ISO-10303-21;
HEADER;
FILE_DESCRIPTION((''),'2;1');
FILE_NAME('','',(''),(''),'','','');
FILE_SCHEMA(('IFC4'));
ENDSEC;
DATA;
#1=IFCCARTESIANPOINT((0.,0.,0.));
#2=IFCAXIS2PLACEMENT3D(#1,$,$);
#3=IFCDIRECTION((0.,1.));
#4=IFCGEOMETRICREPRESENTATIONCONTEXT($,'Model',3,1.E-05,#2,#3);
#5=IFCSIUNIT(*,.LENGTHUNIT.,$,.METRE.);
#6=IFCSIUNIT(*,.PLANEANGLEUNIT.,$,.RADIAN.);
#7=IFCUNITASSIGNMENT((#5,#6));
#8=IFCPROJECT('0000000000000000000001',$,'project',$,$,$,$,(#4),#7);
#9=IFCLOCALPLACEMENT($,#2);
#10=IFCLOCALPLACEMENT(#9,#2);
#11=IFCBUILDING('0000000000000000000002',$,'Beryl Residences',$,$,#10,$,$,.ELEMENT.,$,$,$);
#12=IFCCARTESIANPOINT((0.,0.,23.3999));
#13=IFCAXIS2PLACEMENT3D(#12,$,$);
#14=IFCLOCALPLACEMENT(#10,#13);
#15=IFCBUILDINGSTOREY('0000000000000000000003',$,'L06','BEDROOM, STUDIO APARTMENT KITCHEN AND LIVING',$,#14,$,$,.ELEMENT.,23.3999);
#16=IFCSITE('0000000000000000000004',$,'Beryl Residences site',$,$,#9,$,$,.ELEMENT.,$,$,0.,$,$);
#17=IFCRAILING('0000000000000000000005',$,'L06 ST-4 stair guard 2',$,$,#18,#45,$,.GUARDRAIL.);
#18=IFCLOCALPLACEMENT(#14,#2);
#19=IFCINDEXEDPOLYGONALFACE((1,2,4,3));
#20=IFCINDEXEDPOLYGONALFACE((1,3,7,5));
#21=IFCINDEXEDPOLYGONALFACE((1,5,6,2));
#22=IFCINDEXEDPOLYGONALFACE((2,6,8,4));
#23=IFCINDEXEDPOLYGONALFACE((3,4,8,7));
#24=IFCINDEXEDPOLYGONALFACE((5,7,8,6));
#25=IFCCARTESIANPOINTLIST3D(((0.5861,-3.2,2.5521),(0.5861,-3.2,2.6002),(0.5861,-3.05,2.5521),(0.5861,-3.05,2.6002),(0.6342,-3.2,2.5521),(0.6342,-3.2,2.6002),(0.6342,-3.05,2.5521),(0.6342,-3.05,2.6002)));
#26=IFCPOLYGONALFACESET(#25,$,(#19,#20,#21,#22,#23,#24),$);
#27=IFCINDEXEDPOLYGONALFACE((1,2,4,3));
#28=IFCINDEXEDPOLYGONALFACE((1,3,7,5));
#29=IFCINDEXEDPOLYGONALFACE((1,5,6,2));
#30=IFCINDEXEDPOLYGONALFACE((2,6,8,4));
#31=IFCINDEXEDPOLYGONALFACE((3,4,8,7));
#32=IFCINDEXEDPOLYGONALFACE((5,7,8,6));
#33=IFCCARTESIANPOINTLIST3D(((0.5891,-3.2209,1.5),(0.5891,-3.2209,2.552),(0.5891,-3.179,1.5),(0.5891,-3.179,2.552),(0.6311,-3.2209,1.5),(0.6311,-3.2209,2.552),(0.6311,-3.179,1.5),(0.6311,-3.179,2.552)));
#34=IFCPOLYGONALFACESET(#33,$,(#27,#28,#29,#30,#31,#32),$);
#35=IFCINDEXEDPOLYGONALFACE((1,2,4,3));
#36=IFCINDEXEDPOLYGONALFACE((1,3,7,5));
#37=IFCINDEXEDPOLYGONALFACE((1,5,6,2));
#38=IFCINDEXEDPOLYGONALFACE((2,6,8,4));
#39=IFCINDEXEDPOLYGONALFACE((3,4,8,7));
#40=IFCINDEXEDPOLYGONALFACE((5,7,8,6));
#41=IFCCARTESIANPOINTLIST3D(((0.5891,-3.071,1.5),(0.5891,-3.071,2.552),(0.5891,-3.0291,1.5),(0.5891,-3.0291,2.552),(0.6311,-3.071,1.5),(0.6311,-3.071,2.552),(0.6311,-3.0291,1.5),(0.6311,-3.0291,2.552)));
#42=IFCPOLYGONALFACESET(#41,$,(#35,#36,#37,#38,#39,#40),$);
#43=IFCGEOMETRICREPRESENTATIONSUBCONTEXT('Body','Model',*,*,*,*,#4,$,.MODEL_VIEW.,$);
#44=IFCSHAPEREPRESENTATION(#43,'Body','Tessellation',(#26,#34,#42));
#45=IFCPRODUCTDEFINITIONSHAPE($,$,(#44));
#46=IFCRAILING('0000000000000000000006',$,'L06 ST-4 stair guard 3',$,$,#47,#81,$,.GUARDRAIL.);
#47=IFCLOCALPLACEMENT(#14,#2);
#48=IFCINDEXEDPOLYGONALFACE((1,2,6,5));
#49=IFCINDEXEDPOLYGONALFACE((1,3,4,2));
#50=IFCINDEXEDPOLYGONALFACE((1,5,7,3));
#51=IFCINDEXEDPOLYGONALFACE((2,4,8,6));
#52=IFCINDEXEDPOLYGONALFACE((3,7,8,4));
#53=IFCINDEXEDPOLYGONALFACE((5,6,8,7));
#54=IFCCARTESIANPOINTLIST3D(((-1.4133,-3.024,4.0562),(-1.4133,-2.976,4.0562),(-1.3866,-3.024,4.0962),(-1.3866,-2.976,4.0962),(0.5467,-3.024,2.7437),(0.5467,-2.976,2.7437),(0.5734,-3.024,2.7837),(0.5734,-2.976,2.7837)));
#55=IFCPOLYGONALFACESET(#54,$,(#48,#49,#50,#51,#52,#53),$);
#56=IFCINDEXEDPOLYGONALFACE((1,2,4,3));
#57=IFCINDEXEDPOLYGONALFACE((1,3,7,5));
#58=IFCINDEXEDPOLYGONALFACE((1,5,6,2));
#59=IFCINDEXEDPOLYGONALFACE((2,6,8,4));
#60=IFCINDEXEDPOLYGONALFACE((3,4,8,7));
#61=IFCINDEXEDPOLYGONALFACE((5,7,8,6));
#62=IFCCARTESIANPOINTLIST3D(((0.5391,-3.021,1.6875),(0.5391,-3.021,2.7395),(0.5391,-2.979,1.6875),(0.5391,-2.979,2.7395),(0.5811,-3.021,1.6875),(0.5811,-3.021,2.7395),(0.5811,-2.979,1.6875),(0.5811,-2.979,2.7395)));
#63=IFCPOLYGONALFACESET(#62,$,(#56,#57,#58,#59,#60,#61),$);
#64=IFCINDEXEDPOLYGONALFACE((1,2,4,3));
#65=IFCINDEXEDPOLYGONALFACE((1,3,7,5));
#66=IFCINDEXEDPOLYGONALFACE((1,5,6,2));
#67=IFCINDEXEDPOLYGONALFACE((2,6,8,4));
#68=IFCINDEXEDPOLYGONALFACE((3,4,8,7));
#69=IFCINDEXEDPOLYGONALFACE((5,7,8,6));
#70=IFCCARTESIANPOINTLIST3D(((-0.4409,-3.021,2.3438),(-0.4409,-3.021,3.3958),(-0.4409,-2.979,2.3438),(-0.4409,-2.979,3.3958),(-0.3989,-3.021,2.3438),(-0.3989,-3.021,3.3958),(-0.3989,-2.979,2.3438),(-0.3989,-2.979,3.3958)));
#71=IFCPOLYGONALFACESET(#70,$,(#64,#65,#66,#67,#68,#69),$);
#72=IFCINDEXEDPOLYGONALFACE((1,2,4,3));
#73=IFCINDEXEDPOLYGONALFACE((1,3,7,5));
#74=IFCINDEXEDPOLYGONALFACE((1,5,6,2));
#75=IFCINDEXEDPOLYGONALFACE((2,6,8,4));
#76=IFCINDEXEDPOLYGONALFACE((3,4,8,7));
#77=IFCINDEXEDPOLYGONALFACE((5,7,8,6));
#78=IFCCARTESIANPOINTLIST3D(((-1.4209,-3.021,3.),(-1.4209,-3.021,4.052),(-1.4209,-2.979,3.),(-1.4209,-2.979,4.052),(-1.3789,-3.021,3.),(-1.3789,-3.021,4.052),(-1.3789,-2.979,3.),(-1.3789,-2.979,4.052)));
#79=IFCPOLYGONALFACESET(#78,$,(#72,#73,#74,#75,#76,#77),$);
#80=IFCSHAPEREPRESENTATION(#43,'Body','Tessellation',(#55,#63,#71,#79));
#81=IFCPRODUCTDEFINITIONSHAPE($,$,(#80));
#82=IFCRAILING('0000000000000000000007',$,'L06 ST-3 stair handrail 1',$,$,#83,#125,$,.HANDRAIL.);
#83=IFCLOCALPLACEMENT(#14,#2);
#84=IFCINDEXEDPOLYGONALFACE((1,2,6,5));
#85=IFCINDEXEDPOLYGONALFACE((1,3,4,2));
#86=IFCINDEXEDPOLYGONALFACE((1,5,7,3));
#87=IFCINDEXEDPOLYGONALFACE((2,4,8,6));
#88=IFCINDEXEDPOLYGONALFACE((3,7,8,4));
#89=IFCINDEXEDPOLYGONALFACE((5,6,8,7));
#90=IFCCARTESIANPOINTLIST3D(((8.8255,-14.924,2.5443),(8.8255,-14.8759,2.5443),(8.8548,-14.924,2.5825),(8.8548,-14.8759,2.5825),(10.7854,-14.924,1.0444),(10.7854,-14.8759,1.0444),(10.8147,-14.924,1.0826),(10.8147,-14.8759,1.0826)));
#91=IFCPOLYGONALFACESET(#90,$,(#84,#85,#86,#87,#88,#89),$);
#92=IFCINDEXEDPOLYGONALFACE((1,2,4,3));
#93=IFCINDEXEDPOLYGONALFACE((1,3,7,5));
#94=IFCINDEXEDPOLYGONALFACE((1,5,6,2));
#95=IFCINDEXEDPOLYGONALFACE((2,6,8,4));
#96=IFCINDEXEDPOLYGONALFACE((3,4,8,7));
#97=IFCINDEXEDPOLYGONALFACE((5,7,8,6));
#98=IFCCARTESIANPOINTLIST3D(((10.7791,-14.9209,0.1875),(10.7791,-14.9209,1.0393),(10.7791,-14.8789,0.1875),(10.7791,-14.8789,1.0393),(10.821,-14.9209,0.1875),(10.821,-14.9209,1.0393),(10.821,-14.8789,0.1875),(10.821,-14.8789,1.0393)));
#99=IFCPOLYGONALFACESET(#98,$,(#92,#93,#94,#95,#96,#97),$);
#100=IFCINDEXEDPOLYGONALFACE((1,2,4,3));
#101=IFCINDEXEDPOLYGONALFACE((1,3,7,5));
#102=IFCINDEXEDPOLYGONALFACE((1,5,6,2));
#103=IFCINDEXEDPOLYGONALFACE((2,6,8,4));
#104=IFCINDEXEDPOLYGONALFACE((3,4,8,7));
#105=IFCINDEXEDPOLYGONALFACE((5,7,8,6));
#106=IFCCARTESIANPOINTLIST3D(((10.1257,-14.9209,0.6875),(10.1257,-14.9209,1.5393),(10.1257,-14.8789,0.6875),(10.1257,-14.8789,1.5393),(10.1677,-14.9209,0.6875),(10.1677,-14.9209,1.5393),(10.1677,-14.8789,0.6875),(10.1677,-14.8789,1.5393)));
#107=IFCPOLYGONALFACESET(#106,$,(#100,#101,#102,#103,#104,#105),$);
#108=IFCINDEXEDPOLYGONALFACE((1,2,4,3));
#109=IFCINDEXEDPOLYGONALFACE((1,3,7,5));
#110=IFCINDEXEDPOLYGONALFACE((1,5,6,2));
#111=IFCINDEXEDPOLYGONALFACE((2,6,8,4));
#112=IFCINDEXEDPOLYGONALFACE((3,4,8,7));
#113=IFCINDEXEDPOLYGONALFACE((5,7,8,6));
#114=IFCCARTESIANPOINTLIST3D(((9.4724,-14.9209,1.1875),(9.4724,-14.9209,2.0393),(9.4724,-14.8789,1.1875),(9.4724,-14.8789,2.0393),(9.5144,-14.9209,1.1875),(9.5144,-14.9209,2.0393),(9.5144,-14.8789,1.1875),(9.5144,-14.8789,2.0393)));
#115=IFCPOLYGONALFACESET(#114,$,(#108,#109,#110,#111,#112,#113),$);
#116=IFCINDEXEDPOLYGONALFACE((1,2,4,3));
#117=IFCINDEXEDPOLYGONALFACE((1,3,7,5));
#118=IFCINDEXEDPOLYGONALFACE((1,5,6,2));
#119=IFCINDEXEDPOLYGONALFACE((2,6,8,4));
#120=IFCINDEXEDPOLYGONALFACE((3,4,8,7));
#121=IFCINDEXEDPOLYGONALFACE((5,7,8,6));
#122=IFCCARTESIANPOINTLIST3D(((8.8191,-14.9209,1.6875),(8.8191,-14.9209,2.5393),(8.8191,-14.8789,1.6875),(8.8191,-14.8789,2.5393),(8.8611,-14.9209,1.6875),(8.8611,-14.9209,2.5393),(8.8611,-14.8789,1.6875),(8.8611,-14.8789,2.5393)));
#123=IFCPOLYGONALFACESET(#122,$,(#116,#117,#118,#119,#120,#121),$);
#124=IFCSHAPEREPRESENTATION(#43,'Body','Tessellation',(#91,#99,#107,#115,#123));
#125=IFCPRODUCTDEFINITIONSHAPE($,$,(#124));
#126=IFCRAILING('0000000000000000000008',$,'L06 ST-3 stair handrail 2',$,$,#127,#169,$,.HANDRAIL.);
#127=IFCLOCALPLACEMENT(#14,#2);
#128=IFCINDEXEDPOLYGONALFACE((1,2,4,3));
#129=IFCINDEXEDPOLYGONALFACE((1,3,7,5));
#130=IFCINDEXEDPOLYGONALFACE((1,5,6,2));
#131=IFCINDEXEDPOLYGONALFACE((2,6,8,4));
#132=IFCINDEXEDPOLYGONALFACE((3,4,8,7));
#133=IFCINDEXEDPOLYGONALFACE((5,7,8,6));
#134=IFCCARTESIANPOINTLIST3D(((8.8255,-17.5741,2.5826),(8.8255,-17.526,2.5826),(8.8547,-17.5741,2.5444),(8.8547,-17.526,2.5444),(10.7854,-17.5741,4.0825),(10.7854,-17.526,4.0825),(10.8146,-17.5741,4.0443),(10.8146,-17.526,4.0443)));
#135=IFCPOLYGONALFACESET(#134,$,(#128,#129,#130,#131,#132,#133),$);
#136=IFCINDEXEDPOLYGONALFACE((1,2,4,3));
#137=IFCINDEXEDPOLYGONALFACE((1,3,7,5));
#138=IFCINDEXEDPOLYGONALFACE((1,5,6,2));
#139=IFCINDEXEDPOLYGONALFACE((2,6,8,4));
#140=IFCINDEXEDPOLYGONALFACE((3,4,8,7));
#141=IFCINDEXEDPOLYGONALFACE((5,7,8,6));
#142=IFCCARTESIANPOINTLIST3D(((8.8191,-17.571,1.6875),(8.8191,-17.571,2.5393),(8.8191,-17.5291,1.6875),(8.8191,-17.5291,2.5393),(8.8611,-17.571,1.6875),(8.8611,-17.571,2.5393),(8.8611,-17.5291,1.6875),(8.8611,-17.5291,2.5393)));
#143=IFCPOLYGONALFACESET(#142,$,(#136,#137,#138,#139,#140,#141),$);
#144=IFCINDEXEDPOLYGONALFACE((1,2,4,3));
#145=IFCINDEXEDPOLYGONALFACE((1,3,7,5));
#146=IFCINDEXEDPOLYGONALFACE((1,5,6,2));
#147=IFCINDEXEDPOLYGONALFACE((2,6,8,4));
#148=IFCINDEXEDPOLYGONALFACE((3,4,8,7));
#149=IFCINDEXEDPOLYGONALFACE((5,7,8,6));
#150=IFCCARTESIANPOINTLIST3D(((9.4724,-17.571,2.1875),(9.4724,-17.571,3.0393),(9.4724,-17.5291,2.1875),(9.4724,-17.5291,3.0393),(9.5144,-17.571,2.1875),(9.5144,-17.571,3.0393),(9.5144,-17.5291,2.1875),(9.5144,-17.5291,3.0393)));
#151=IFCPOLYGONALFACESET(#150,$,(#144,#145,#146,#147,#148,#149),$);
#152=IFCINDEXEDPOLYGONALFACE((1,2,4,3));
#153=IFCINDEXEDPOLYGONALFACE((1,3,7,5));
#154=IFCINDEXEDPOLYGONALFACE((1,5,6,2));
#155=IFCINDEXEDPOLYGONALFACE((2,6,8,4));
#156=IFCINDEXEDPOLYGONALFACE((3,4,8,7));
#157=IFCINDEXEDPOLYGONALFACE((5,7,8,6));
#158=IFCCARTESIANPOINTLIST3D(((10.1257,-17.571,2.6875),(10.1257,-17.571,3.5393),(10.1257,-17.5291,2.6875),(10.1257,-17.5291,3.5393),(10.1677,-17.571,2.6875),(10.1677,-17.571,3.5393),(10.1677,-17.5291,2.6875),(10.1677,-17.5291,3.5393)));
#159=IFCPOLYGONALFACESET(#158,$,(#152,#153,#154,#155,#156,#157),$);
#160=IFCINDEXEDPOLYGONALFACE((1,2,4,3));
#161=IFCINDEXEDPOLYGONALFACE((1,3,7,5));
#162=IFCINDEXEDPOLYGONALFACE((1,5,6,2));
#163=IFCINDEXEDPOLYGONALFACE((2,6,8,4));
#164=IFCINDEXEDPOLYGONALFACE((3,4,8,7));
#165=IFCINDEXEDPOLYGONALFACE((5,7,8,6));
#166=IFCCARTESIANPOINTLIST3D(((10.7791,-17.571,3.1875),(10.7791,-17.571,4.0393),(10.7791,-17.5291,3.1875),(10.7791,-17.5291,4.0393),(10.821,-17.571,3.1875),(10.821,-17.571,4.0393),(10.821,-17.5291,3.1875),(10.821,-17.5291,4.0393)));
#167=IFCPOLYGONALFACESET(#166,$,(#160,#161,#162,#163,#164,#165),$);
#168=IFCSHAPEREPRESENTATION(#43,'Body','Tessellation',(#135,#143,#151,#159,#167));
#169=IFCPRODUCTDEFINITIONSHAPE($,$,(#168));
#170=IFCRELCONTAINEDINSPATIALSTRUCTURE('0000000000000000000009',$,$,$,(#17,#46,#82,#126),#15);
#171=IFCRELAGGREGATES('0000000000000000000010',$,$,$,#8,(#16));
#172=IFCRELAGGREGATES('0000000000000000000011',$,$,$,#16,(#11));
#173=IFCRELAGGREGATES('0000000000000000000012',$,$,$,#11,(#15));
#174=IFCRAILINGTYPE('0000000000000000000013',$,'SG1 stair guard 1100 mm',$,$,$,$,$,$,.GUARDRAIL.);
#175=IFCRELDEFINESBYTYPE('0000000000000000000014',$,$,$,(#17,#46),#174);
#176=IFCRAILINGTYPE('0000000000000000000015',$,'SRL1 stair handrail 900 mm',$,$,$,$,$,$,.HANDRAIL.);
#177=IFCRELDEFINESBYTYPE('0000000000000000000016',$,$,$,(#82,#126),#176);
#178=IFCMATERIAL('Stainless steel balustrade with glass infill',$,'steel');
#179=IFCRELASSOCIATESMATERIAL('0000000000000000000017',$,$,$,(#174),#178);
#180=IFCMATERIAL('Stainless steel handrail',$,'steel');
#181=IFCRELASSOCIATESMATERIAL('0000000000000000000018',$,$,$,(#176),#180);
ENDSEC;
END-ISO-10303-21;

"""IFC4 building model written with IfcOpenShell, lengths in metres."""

from ifc_helpers import new_model, si_unit, direction, frame, origin, origin_2d, place, context, subcontext, project, spatial, rectangle, extrude, material, type_object, element, save


model = new_model("IFC4")

# Units and contexts
model_context = context("Model", 3, precision=1e-05, world=origin(), true_north=direction((0.0, 1.0)))
body_context = subcontext(model_context, "Body", "Model", "MODEL_VIEW")
ifc_project = project(units=[si_unit("LENGTHUNIT", "METRE"), si_unit("PLANEANGLEUNIT", "RADIAN")], contexts=[model_context])

# Site, building, storey
site_placement = place(None, origin())
site = spatial("IfcSite", under=ifc_project, at=site_placement, Name="Beryl Residences site", CompositionType="ELEMENT", RefElevation=0.0)
building_placement = place(site_placement, origin())
building = spatial("IfcBuilding", under=site, at=building_placement, Name="Beryl Residences", CompositionType="ELEMENT")
storey_placement = place(building_placement, frame((0.0, 0.0, 23.3999)))
storey = spatial("IfcBuildingStorey", under=building, at=storey_placement, Name="L06", Description="BEDROOM, STUDIO APARTMENT KITCHEN AND LIVING", CompositionType="ELEMENT", Elevation=23.3999)

# Railings
ifc_material_1 = material(Name="Stainless steel balustrade with glass infill", Category="steel")
railing_type_1 = type_object("IfcRailingType", Name="SG1 stair guard 1100 mm", PredefinedType="GUARDRAIL", material=ifc_material_1)
railing_1_placement = place(storey_placement, frame((0.6101, -3.2, 1.5)))
element("IfcRailing", 1, at=railing_1_placement, inside=storey, type_object=railing_type_1, Name="L06 ST-4 stair guard 2", PredefinedType="GUARDRAIL", context=body_context, shape_type="SweptSolid", body=[
    extrude(rectangle(XDim=0.0481, YDim=0.0481, at=origin_2d()), frame((0.0, 0.0, 1.0762), z_axis=(0.0, 1.0, 0.0), x_axis=(-1.0, 0.0, 0.0)), (0.0, 0.0, 1.0), 0.1499),
    extrude(rectangle(XDim=0.042, YDim=0.042, at=origin_2d()), origin(), (0.0, 0.0, 1.0), 1.052),
    extrude(rectangle(XDim=0.042, YDim=0.042, at=origin_2d()), frame((0.0, 0.1499, 0.0)), (0.0, 0.0, 1.0), 1.052),
])
railing_2_placement = place(storey_placement, frame((0.5601, -3.0, 1.6875)))
element("IfcRailing", 2, at=railing_2_placement, inside=storey, type_object=railing_type_1, Name="L06 ST-4 stair guard 3", PredefinedType="GUARDRAIL", context=body_context, shape_type="SweptSolid", body=[
    extrude(rectangle(XDim=0.0481, YDim=0.0481, at=origin_2d()), frame((0.0, 0.0, 1.0762), z_axis=(-0.830902, 0.0, 0.556419), x_axis=(0.0, -1.0, 0.0)), (0.0, 0.0, 1.0), 2.3589),
    extrude(rectangle(XDim=0.042, YDim=0.042, at=origin_2d()), origin(), (0.0, 0.0, 1.0), 1.052),
    extrude(rectangle(XDim=0.042, YDim=0.042, at=origin_2d()), frame((-0.98, 0.0, 0.6562)), (0.0, 0.0, 1.0), 1.052),
    extrude(rectangle(XDim=0.042, YDim=0.042, at=origin_2d()), frame((-1.96, 0.0, 1.3125)), (0.0, 0.0, 1.0), 1.052),
])
ifc_material_2 = material(Name="Stainless steel handrail", Category="steel")
railing_type_2 = type_object("IfcRailingType", Name="SRL1 stair handrail 900 mm", PredefinedType="HANDRAIL", material=ifc_material_2)
railing_3_placement = place(storey_placement, frame((10.8, -14.8999, 0.1875)))
element("IfcRailing", 3, at=railing_3_placement, inside=storey, type_object=railing_type_2, Name="L06 ST-3 stair handrail 1", PredefinedType="HANDRAIL", context=body_context, shape_type="SweptSolid", body=[
    extrude(rectangle(XDim=0.0481, YDim=0.0481, at=origin_2d()), frame((0.0, 0.0, 0.876), z_axis=(-0.794122, 0.0, 0.607758), x_axis=(0.0, -1.0, 0.0)), (0.0, 0.0, 1.0), 2.468),
    extrude(rectangle(XDim=0.042, YDim=0.042, at=origin_2d()), origin(), (0.0, 0.0, 1.0), 0.8518),
    extrude(rectangle(XDim=0.042, YDim=0.042, at=origin_2d()), frame((-0.6533, 0.0, 0.5)), (0.0, 0.0, 1.0), 0.8518),
    extrude(rectangle(XDim=0.042, YDim=0.042, at=origin_2d()), frame((-1.3066, 0.0, 1.0)), (0.0, 0.0, 1.0), 0.8518),
    extrude(rectangle(XDim=0.042, YDim=0.042, at=origin_2d()), frame((-1.96, 0.0, 1.5)), (0.0, 0.0, 1.0), 0.8518),
])
railing_4_placement = place(storey_placement, frame((8.8401, -17.55, 1.6875)))
element("IfcRailing", 4, at=railing_4_placement, inside=storey, type_object=railing_type_2, Name="L06 ST-3 stair handrail 2", PredefinedType="HANDRAIL", context=body_context, shape_type="SweptSolid", body=[
    extrude(rectangle(XDim=0.0481, YDim=0.0481, at=origin_2d()), frame((0.0, 0.0, 0.876), z_axis=(0.794122, 0.0, 0.607758), x_axis=(0.0, 1.0, 0.0)), (0.0, 0.0, 1.0), 2.468),
    extrude(rectangle(XDim=0.042, YDim=0.042, at=origin_2d()), origin(), (0.0, 0.0, 1.0), 0.8518),
    extrude(rectangle(XDim=0.042, YDim=0.042, at=origin_2d()), frame((0.6533, 0.0, 0.5)), (0.0, 0.0, 1.0), 0.8518),
    extrude(rectangle(XDim=0.042, YDim=0.042, at=origin_2d()), frame((1.3066, 0.0, 1.0)), (0.0, 0.0, 1.0), 0.8518),
    extrude(rectangle(XDim=0.042, YDim=0.042, at=origin_2d()), frame((1.96, 0.0, 1.5)), (0.0, 0.0, 1.0), 0.8518),
])

save(model, "model.ifc")
